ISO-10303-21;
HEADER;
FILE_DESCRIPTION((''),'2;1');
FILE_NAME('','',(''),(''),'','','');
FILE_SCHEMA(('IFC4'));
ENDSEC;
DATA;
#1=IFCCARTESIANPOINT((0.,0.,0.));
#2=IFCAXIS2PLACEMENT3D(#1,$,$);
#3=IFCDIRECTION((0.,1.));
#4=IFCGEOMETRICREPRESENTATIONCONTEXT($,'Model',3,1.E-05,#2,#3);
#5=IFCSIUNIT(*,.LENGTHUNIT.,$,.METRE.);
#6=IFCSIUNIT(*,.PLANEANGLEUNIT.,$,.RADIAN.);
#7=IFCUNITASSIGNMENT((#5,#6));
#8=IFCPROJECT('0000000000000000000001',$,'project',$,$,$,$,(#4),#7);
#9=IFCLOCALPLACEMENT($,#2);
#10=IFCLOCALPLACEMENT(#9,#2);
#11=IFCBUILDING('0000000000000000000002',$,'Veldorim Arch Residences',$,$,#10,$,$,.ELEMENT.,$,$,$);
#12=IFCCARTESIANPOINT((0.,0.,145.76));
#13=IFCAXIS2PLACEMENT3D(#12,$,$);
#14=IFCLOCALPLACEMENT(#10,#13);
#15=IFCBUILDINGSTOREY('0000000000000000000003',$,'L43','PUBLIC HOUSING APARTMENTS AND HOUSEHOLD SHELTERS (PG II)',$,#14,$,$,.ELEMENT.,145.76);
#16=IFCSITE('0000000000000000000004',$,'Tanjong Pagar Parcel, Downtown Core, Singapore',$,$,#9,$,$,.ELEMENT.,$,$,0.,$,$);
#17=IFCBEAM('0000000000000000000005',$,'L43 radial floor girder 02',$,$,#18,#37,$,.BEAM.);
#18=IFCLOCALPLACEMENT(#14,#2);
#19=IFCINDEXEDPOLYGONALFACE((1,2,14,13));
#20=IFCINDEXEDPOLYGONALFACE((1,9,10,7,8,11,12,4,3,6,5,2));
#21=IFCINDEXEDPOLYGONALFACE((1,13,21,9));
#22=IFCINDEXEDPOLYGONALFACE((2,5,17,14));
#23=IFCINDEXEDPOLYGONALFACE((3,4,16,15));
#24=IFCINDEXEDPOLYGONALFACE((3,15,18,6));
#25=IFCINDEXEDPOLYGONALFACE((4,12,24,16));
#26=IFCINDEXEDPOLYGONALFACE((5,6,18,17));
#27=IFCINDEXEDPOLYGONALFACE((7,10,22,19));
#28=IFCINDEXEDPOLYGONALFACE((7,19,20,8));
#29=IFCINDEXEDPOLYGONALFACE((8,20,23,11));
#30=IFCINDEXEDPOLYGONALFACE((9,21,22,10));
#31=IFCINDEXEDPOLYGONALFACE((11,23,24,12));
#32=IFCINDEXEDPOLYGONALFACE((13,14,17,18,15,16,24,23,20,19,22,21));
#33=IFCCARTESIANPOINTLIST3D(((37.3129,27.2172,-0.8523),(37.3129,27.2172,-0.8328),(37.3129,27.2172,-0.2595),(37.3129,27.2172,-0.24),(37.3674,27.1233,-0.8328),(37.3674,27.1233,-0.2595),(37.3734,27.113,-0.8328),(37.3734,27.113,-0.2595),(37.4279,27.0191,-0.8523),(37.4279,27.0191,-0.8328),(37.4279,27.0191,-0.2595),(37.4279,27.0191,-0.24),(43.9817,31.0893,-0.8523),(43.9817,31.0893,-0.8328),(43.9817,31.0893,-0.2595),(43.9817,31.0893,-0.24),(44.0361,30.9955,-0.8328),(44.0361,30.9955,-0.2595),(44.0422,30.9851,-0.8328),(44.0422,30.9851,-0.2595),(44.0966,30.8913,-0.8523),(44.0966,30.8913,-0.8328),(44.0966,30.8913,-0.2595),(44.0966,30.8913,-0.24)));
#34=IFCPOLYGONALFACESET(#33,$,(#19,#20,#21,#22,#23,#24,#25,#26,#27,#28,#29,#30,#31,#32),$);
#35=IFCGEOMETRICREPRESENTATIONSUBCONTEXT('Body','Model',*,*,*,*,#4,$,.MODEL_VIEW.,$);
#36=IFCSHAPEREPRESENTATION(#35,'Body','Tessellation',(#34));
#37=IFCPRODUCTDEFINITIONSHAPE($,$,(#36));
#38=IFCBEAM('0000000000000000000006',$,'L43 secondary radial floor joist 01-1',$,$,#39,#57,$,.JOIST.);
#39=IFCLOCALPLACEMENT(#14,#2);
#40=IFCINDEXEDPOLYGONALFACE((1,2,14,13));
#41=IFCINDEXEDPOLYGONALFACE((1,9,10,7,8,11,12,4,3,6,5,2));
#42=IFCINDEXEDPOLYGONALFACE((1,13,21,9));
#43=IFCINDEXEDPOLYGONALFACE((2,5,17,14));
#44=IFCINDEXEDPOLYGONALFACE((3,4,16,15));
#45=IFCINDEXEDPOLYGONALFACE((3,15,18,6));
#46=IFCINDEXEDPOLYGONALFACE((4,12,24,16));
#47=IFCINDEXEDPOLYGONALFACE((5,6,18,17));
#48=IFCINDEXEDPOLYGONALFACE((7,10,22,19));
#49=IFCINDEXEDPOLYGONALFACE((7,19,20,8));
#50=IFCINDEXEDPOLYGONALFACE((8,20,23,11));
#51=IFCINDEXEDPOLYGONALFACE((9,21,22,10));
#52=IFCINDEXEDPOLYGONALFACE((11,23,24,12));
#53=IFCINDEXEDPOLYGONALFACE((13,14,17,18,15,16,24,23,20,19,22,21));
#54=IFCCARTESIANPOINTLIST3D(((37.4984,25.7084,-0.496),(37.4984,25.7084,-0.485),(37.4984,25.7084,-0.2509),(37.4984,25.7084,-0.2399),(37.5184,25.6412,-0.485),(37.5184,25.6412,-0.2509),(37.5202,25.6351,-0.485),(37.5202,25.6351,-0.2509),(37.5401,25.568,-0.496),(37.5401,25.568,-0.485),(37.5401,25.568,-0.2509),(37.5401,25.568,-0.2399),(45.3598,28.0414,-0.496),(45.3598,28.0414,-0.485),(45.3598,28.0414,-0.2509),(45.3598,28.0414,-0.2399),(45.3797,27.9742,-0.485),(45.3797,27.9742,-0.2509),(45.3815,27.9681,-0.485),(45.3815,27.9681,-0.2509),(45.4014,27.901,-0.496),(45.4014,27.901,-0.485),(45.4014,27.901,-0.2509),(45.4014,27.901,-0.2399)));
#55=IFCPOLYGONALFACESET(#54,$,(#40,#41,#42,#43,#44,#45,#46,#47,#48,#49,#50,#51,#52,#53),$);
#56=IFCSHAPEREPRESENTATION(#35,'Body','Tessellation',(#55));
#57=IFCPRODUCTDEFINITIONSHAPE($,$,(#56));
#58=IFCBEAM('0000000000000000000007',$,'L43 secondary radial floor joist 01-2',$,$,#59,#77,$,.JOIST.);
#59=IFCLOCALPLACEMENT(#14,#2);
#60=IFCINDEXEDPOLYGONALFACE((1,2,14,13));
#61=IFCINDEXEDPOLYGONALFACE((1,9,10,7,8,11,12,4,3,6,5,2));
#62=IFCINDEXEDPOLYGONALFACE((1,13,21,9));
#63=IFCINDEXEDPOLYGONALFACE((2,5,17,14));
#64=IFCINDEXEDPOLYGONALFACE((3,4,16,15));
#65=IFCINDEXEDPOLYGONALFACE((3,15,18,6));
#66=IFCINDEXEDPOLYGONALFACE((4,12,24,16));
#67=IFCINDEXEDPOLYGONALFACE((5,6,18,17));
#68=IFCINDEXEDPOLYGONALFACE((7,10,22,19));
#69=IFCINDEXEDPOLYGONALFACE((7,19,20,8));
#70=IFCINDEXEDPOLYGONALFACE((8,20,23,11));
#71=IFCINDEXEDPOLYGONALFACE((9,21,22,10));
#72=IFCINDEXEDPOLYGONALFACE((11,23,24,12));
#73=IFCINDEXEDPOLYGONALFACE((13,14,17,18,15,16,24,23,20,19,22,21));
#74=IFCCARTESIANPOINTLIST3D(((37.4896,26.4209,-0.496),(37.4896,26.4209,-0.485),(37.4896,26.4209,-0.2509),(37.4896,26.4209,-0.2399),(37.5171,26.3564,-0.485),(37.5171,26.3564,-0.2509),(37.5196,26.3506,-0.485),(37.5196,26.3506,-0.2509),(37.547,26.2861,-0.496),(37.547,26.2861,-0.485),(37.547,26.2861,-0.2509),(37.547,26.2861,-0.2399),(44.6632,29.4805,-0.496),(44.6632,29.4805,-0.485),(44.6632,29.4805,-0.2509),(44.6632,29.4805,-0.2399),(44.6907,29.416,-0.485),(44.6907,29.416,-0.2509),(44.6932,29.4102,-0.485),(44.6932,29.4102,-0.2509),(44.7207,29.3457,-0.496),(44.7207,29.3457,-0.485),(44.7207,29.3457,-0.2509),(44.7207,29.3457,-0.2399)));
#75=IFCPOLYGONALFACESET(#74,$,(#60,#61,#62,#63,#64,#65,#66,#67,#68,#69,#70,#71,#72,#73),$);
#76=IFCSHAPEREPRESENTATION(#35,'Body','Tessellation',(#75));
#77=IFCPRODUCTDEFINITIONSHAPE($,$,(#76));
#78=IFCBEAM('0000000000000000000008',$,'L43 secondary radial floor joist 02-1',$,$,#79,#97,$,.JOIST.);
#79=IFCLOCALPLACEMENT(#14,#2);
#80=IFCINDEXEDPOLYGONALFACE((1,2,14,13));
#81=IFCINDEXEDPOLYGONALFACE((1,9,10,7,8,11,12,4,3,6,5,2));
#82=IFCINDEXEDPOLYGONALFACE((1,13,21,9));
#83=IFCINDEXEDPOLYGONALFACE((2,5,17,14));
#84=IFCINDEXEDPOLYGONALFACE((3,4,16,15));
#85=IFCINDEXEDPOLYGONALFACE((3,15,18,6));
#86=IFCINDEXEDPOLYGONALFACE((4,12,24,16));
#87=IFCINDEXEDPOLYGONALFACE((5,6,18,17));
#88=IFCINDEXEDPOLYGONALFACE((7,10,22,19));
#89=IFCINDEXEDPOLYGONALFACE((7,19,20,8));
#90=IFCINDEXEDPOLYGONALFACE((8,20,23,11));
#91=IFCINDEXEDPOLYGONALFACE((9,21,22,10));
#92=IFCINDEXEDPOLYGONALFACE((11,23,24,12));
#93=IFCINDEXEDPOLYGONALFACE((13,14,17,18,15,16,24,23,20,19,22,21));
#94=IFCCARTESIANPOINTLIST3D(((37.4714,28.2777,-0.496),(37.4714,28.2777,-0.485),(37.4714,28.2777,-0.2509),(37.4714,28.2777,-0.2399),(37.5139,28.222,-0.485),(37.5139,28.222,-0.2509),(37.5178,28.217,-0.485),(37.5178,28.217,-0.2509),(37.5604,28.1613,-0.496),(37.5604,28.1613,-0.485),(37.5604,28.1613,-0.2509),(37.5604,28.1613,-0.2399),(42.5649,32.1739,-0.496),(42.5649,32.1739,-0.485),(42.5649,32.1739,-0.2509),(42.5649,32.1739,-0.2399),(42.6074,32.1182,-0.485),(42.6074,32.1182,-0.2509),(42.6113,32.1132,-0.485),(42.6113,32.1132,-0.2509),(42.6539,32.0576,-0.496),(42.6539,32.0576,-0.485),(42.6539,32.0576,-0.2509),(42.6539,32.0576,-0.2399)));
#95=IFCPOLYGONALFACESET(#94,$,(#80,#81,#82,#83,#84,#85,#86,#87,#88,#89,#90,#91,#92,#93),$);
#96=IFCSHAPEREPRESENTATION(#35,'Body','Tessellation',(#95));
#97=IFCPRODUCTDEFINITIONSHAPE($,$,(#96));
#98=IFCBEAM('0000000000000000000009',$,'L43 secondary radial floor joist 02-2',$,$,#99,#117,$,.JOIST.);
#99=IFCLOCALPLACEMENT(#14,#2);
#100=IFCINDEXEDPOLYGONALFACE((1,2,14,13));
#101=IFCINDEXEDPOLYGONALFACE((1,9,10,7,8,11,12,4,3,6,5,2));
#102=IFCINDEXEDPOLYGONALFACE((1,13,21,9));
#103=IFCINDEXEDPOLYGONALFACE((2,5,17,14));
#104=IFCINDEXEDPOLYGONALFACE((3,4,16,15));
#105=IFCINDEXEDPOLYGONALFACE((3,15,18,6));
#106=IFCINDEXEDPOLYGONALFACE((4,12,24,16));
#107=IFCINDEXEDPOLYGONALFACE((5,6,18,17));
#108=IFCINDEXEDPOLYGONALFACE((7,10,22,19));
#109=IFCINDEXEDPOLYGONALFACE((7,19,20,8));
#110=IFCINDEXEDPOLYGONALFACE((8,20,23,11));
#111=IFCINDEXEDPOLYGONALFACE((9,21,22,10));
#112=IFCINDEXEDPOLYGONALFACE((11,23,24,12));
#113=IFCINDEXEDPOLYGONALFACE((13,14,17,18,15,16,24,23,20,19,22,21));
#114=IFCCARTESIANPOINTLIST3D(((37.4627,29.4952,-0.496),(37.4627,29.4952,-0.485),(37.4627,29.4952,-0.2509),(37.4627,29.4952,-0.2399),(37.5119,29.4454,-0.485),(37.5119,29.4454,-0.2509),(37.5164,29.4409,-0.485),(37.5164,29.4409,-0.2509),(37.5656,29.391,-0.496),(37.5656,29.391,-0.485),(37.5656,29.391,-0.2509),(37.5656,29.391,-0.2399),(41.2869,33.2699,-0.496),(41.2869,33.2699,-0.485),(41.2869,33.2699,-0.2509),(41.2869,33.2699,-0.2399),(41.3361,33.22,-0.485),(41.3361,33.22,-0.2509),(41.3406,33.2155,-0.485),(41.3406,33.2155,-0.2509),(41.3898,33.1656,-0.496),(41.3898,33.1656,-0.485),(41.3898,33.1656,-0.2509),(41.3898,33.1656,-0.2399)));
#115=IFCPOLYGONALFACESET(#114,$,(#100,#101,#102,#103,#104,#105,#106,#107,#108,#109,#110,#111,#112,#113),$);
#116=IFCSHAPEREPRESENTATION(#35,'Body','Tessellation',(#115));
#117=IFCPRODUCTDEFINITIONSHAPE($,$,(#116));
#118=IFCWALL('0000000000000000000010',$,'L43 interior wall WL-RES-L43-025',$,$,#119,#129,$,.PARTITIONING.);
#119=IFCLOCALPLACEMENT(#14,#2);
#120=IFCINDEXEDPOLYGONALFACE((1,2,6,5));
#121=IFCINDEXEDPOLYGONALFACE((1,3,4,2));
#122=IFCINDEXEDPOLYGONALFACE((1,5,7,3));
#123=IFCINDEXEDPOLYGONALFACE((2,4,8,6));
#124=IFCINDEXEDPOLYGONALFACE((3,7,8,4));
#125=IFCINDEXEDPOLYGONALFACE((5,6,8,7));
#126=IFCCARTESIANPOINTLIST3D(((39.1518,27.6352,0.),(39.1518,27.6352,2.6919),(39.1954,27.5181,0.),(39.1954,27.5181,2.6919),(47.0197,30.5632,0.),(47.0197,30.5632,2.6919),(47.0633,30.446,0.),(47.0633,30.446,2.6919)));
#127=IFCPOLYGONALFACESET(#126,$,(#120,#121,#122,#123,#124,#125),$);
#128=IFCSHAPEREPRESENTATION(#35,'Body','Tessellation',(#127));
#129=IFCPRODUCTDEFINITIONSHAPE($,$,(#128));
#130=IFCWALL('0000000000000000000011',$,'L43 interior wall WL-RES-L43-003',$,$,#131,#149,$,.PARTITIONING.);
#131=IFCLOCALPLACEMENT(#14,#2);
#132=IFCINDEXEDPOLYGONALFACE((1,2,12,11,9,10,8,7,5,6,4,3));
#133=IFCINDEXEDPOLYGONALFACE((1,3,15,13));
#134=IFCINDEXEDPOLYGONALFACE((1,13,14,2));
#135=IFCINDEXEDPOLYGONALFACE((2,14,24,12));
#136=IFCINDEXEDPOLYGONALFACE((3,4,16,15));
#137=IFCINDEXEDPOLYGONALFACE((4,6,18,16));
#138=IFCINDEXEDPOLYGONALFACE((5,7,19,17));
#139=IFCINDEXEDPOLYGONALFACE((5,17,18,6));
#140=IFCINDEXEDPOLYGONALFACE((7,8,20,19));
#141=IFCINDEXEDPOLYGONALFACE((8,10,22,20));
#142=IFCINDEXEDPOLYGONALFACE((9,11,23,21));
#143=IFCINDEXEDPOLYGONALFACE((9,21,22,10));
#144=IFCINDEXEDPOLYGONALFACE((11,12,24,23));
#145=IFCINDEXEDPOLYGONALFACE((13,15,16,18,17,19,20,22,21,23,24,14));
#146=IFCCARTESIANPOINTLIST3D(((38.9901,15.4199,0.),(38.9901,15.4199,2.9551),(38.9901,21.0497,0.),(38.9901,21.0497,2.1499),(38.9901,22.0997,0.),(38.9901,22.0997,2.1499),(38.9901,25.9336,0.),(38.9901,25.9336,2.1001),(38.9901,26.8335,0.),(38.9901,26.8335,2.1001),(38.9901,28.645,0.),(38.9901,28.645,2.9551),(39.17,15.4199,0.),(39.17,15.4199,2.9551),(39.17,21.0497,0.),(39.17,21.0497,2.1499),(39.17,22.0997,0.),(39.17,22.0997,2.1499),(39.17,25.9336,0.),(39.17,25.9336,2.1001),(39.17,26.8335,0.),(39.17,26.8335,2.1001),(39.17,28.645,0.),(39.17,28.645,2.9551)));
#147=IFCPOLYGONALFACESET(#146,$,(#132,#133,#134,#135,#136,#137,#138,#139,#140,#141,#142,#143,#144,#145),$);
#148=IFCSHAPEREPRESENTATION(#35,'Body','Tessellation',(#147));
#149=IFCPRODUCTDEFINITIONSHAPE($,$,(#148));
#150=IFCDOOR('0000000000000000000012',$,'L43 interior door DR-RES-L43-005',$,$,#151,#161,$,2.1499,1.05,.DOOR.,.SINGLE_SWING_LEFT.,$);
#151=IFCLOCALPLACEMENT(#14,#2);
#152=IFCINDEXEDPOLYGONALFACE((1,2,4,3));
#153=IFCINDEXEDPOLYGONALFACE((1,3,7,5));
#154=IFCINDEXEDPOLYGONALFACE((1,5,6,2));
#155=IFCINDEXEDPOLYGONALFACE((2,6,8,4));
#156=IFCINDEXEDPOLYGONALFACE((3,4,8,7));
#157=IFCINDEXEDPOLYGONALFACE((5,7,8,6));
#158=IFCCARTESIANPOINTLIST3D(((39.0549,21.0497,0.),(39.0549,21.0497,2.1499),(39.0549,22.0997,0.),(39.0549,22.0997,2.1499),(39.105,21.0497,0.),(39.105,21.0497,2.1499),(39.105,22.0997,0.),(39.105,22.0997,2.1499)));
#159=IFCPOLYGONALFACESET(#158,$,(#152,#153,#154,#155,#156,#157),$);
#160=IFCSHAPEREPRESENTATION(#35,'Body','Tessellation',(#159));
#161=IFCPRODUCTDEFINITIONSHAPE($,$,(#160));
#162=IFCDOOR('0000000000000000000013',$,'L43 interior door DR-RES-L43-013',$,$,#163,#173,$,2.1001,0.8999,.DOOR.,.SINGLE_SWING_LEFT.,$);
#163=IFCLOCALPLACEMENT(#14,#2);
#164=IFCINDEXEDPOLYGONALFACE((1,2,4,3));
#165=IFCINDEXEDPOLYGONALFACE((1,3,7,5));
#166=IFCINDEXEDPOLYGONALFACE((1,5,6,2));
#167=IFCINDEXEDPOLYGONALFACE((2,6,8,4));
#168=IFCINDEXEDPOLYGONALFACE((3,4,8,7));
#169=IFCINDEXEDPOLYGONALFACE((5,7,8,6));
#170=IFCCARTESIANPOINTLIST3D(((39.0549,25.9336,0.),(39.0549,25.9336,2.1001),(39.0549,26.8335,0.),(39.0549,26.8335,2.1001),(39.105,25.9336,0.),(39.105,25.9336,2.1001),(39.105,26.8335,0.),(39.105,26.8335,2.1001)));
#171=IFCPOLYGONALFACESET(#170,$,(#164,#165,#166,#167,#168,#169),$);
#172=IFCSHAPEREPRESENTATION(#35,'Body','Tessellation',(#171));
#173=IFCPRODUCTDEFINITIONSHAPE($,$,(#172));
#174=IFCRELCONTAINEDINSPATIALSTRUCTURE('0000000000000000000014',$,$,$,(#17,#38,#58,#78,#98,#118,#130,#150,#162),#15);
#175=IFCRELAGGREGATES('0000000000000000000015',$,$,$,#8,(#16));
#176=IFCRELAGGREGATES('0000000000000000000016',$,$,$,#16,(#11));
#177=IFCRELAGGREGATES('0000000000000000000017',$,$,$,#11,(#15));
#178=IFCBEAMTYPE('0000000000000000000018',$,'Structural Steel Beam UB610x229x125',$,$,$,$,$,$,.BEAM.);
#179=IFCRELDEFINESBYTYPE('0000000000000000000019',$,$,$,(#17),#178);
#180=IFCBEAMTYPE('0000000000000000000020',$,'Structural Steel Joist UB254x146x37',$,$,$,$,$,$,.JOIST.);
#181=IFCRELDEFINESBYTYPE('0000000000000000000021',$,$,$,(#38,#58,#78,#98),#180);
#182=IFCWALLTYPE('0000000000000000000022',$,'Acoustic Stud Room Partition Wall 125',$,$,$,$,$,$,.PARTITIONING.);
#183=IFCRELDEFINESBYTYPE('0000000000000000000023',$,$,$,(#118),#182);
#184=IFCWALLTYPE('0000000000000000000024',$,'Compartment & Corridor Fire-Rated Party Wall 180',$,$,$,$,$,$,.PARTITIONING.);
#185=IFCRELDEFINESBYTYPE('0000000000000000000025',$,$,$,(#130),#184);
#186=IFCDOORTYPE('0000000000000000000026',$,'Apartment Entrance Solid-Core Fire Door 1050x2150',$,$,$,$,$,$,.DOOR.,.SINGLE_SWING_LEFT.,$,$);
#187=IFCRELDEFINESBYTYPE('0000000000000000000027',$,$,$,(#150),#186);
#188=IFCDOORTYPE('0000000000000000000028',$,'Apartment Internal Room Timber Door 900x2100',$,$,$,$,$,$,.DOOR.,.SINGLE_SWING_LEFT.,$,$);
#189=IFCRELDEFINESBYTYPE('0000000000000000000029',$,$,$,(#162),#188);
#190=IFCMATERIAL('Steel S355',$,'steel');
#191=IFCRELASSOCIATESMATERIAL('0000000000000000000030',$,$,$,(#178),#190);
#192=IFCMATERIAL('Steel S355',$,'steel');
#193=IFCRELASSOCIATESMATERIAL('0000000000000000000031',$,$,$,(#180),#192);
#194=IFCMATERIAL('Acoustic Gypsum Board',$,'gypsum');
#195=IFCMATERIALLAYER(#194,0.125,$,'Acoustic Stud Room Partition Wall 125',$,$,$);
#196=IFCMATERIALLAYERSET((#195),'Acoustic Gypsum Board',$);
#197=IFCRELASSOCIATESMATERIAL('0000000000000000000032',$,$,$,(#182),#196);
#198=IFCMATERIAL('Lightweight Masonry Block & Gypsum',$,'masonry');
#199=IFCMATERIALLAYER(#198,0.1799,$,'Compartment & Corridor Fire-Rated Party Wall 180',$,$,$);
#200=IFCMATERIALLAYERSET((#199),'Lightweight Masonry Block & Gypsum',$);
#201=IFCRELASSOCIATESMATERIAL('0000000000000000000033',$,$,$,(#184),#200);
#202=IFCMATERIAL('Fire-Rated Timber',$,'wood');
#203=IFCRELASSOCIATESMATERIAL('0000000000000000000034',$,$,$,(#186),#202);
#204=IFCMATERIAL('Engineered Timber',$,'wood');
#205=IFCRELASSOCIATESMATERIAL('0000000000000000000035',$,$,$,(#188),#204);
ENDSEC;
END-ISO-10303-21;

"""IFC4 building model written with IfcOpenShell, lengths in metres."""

from ifc_helpers import new_model, si_unit, direction, frame, frame_2d, origin, origin_2d, place, context, subcontext, project, spatial, rectangle, i_section, extrude, material, layer, layer_set, material_profile, profile_set, type_object, element, fill, save


model = new_model("IFC4")

# Units and contexts
model_context = context("Model", 3, precision=1e-05, world=origin(), true_north=direction((0.0, 1.0)))
body_context = subcontext(model_context, "Body", "Model", "MODEL_VIEW")
ifc_project = project(units=[si_unit("LENGTHUNIT", "METRE"), si_unit("PLANEANGLEUNIT", "RADIAN")], contexts=[model_context])

# Site, building, storey
site_placement = place(None, origin())
site = spatial("IfcSite", under=ifc_project, at=site_placement, Name="Tanjong Pagar Parcel, Downtown Core, Singapore", CompositionType="ELEMENT", RefElevation=0.0)
building_placement = place(site_placement, origin())
building = spatial("IfcBuilding", under=site, at=building_placement, Name="Veldorim Arch Residences", CompositionType="ELEMENT")
storey_placement = place(building_placement, frame((0.0, 0.0, 145.76)))
storey = spatial("IfcBuildingStorey", under=building, at=storey_placement, Name="L43", Description="PUBLIC HOUSING APARTMENTS AND HOUSEHOLD SHELTERS (PG II)", CompositionType="ELEMENT", Elevation=145.76)

# Beams
ifc_material_1 = material(Name="Steel S355", Category="steel")
ifc_material_profile_1 = material_profile(ifc_material_1, i_section(OverallWidth=0.229, OverallDepth=0.6123, WebThickness=0.012, FlangeThickness=0.0195, at=origin_2d()), Name="UB610x229x125")
ifc_profile_set_1 = profile_set([ifc_material_profile_1], Name="Steel S355")
beam_type_1 = type_object("IfcBeamType", Name="Structural Steel Beam UB610x229x125", PredefinedType="BEAM", material=ifc_profile_set_1)
beam_1_placement = place(storey_placement, frame((37.3704, 27.1182, -0.5461), z_axis=(0.864793, 0.502128, 0.0), x_axis=(-0.502128, 0.864793, 0.0)))
element("IfcBeam", 1, at=beam_1_placement, inside=storey, type_object=beam_type_1, Name="L43 radial floor girder 02", PredefinedType="BEAM", context=body_context, shape_type="SweptSolid", body=[
    extrude(i_section(OverallWidth=0.229, OverallDepth=0.6123, WebThickness=0.012, FlangeThickness=0.0195, at=origin_2d()), origin(), (0.0, 0.0, 1.0), 7.7114),
])
ifc_material_2 = material(Name="Steel S355", Category="steel")
ifc_material_profile_2 = material_profile(ifc_material_2, i_section(OverallWidth=0.1465, OverallDepth=0.2561, WebThickness=0.0063, FlangeThickness=0.011, at=origin_2d()), Name="UB254x146x37")
ifc_profile_set_2 = profile_set([ifc_material_profile_2], Name="Steel S355")
beam_type_2 = type_object("IfcBeamType", Name="Structural Steel Joist UB254x146x37", PredefinedType="JOIST", material=ifc_profile_set_2)
beam_2_placement = place(storey_placement, frame((37.5193, 25.6382, -0.3679), z_axis=(0.958674, 0.284506, 0.0), x_axis=(-0.284506, 0.958674, 0.0)))
element("IfcBeam", 2, at=beam_2_placement, inside=storey, type_object=beam_type_2, Name="L43 secondary radial floor joist 01-1", PredefinedType="JOIST", context=body_context, shape_type="SweptSolid", body=[
    extrude(i_section(OverallWidth=0.1465, OverallDepth=0.2561, WebThickness=0.0063, FlangeThickness=0.011, at=origin_2d()), origin(), (0.0, 0.0, 1.0), 8.2002),
])
beam_3_placement = place(storey_placement, frame((37.5183, 26.3535, -0.3679), z_axis=(0.919832, 0.392313, 0.0), x_axis=(-0.392313, 0.919832, 0.0)))
element("IfcBeam", 3, at=beam_3_placement, inside=storey, type_object=beam_type_2, Name="L43 secondary radial floor joist 01-2", PredefinedType="JOIST", context=body_context, shape_type="SweptSolid", body=[
    extrude(i_section(OverallWidth=0.1465, OverallDepth=0.2561, WebThickness=0.0063, FlangeThickness=0.011, at=origin_2d()), origin(), (0.0, 0.0, 1.0), 7.7988),
])
beam_4_placement = place(storey_placement, frame((37.5159, 28.2195, -0.3679), z_axis=(0.794267, 0.607569, 0.0), x_axis=(-0.607569, 0.794267, 0.0)))
element("IfcBeam", 4, at=beam_4_placement, inside=storey, type_object=beam_type_2, Name="L43 secondary radial floor joist 02-1", PredefinedType="JOIST", context=body_context, shape_type="SweptSolid", body=[
    extrude(i_section(OverallWidth=0.1465, OverallDepth=0.2561, WebThickness=0.0063, FlangeThickness=0.011, at=origin_2d()), origin(), (0.0, 0.0, 1.0), 6.4128),
])
beam_5_placement = place(storey_placement, frame((37.5142, 29.4431, -0.3679), z_axis=(0.711703, 0.70248, 0.0), x_axis=(-0.70248, 0.711703, 0.0)))
element("IfcBeam", 5, at=beam_5_placement, inside=storey, type_object=beam_type_2, Name="L43 secondary radial floor joist 02-2", PredefinedType="JOIST", context=body_context, shape_type="SweptSolid", body=[
    extrude(i_section(OverallWidth=0.1465, OverallDepth=0.2561, WebThickness=0.0063, FlangeThickness=0.011, at=origin_2d()), origin(), (0.0, 0.0, 1.0), 5.3733),
])

# Wall
ifc_material_3 = material(Name="Acoustic Gypsum Board", Category="gypsum")
ifc_layer_1 = layer(ifc_material_3, 0.125, Name="Acoustic Stud Room Partition Wall 125")
ifc_layer_set_1 = layer_set([ifc_layer_1], Name="Acoustic Gypsum Board")
wall_type_1 = type_object("IfcWallType", Name="Acoustic Stud Room Partition Wall 125", PredefinedType="PARTITIONING", material=ifc_layer_set_1)
wall_1_placement = place(storey_placement, frame((39.1736, 27.5767, 0.0), z_axis=(0.0, 0.0, 1.0), x_axis=(0.937207, 0.348774, 0.0)))
element("IfcWall", 6, at=wall_1_placement, inside=storey, type_object=wall_type_1, Name="L43 interior wall WL-RES-L43-025", PredefinedType="PARTITIONING", context=body_context, shape_type="SweptSolid", body=[
    extrude(rectangle(XDim=8.395, YDim=0.125, at=frame_2d((4.1975, 0.0))), origin(), (0.0, 0.0, 1.0), 2.6919),
])

# Wall, openings, doors
ifc_material_4 = material(Name="Lightweight Masonry Block & Gypsum", Category="masonry")
ifc_layer_2 = layer(ifc_material_4, 0.1799, Name="Compartment & Corridor Fire-Rated Party Wall 180")
ifc_layer_set_2 = layer_set([ifc_layer_2], Name="Lightweight Masonry Block & Gypsum")
wall_type_2 = type_object("IfcWallType", Name="Compartment & Corridor Fire-Rated Party Wall 180", PredefinedType="PARTITIONING", material=ifc_layer_set_2)
wall_2_placement = place(storey_placement, frame((39.0801, 28.645, 0.0), z_axis=(0.0, 0.0, 1.0), x_axis=(0.0, -1.0, 0.0)))
wall_2 = element("IfcWall", 7, at=wall_2_placement, inside=storey, type_object=wall_type_2, Name="L43 interior wall WL-RES-L43-003", PredefinedType="PARTITIONING", context=body_context, shape_type="SweptSolid", body=[
    extrude(rectangle(XDim=13.2251, YDim=0.1799, at=frame_2d((6.6125, 0.0))), origin(), (0.0, 0.0, 1.0), 2.9551),
])
opening_1_placement = place(wall_2_placement, frame((6.5454, 0.0, 0.0)))
opening_1 = element("IfcOpeningElement", 8, at=opening_1_placement, cuts=wall_2, PredefinedType="OPENING", context=body_context, shape_type="SweptSolid", body=[
    extrude(rectangle(XDim=1.05, YDim=2.1499, at=frame_2d((0.5249, 1.075))), frame((0.0, 0.0999, 0.0), z_axis=(0.0, -1.0, 0.0), x_axis=(1.0, 0.0, 0.0)), (0.0, 0.0, 1.0), 0.2),
])
opening_2_placement = place(wall_2_placement, frame((1.8115, 0.0, 0.0)))
opening_2 = element("IfcOpeningElement", 9, at=opening_2_placement, cuts=wall_2, PredefinedType="OPENING", context=body_context, shape_type="SweptSolid", body=[
    extrude(rectangle(XDim=0.8999, YDim=2.1001, at=frame_2d((0.45, 1.05))), frame((0.0, 0.0999, 0.0), z_axis=(0.0, -1.0, 0.0), x_axis=(1.0, 0.0, 0.0)), (0.0, 0.0, 1.0), 0.2),
])
ifc_material_5 = material(Name="Fire-Rated Timber", Category="wood")
door_type_1 = type_object("IfcDoorType", Name="Apartment Entrance Solid-Core Fire Door 1050x2150", OperationType="SINGLE_SWING_LEFT", PredefinedType="DOOR", material=ifc_material_5)
door_1_placement = place(opening_1_placement, origin())
door_1 = element("IfcDoor", 10, at=door_1_placement, inside=storey, type_object=door_type_1, Name="L43 interior door DR-RES-L43-005", OperationType="SINGLE_SWING_LEFT", OverallHeight=2.1499, OverallWidth=1.05, PredefinedType="DOOR", context=body_context, shape_type="SweptSolid", body=[
    extrude(rectangle(XDim=1.05, YDim=2.1499, at=frame_2d((0.5249, 1.075))), frame((0.0, 0.0249, 0.0), z_axis=(0.0, -1.0, 0.0), x_axis=(1.0, 0.0, 0.0)), (0.0, 0.0, 1.0), 0.05),
])
fill(opening_1, door_1)
ifc_material_6 = material(Name="Engineered Timber", Category="wood")
door_type_2 = type_object("IfcDoorType", Name="Apartment Internal Room Timber Door 900x2100", OperationType="SINGLE_SWING_LEFT", PredefinedType="DOOR", material=ifc_material_6)
door_2_placement = place(opening_2_placement, origin())
door_2 = element("IfcDoor", 11, at=door_2_placement, inside=storey, type_object=door_type_2, Name="L43 interior door DR-RES-L43-013", OperationType="SINGLE_SWING_LEFT", OverallHeight=2.1001, OverallWidth=0.8999, PredefinedType="DOOR", context=body_context, shape_type="SweptSolid", body=[
    extrude(rectangle(XDim=0.8999, YDim=2.1001, at=frame_2d((0.45, 1.05))), frame((0.0, 0.0249, 0.0), z_axis=(0.0, -1.0, 0.0), x_axis=(1.0, 0.0, 0.0)), (0.0, 0.0, 1.0), 0.05),
])
fill(opening_2, door_2)

save(model, "model.ifc")
